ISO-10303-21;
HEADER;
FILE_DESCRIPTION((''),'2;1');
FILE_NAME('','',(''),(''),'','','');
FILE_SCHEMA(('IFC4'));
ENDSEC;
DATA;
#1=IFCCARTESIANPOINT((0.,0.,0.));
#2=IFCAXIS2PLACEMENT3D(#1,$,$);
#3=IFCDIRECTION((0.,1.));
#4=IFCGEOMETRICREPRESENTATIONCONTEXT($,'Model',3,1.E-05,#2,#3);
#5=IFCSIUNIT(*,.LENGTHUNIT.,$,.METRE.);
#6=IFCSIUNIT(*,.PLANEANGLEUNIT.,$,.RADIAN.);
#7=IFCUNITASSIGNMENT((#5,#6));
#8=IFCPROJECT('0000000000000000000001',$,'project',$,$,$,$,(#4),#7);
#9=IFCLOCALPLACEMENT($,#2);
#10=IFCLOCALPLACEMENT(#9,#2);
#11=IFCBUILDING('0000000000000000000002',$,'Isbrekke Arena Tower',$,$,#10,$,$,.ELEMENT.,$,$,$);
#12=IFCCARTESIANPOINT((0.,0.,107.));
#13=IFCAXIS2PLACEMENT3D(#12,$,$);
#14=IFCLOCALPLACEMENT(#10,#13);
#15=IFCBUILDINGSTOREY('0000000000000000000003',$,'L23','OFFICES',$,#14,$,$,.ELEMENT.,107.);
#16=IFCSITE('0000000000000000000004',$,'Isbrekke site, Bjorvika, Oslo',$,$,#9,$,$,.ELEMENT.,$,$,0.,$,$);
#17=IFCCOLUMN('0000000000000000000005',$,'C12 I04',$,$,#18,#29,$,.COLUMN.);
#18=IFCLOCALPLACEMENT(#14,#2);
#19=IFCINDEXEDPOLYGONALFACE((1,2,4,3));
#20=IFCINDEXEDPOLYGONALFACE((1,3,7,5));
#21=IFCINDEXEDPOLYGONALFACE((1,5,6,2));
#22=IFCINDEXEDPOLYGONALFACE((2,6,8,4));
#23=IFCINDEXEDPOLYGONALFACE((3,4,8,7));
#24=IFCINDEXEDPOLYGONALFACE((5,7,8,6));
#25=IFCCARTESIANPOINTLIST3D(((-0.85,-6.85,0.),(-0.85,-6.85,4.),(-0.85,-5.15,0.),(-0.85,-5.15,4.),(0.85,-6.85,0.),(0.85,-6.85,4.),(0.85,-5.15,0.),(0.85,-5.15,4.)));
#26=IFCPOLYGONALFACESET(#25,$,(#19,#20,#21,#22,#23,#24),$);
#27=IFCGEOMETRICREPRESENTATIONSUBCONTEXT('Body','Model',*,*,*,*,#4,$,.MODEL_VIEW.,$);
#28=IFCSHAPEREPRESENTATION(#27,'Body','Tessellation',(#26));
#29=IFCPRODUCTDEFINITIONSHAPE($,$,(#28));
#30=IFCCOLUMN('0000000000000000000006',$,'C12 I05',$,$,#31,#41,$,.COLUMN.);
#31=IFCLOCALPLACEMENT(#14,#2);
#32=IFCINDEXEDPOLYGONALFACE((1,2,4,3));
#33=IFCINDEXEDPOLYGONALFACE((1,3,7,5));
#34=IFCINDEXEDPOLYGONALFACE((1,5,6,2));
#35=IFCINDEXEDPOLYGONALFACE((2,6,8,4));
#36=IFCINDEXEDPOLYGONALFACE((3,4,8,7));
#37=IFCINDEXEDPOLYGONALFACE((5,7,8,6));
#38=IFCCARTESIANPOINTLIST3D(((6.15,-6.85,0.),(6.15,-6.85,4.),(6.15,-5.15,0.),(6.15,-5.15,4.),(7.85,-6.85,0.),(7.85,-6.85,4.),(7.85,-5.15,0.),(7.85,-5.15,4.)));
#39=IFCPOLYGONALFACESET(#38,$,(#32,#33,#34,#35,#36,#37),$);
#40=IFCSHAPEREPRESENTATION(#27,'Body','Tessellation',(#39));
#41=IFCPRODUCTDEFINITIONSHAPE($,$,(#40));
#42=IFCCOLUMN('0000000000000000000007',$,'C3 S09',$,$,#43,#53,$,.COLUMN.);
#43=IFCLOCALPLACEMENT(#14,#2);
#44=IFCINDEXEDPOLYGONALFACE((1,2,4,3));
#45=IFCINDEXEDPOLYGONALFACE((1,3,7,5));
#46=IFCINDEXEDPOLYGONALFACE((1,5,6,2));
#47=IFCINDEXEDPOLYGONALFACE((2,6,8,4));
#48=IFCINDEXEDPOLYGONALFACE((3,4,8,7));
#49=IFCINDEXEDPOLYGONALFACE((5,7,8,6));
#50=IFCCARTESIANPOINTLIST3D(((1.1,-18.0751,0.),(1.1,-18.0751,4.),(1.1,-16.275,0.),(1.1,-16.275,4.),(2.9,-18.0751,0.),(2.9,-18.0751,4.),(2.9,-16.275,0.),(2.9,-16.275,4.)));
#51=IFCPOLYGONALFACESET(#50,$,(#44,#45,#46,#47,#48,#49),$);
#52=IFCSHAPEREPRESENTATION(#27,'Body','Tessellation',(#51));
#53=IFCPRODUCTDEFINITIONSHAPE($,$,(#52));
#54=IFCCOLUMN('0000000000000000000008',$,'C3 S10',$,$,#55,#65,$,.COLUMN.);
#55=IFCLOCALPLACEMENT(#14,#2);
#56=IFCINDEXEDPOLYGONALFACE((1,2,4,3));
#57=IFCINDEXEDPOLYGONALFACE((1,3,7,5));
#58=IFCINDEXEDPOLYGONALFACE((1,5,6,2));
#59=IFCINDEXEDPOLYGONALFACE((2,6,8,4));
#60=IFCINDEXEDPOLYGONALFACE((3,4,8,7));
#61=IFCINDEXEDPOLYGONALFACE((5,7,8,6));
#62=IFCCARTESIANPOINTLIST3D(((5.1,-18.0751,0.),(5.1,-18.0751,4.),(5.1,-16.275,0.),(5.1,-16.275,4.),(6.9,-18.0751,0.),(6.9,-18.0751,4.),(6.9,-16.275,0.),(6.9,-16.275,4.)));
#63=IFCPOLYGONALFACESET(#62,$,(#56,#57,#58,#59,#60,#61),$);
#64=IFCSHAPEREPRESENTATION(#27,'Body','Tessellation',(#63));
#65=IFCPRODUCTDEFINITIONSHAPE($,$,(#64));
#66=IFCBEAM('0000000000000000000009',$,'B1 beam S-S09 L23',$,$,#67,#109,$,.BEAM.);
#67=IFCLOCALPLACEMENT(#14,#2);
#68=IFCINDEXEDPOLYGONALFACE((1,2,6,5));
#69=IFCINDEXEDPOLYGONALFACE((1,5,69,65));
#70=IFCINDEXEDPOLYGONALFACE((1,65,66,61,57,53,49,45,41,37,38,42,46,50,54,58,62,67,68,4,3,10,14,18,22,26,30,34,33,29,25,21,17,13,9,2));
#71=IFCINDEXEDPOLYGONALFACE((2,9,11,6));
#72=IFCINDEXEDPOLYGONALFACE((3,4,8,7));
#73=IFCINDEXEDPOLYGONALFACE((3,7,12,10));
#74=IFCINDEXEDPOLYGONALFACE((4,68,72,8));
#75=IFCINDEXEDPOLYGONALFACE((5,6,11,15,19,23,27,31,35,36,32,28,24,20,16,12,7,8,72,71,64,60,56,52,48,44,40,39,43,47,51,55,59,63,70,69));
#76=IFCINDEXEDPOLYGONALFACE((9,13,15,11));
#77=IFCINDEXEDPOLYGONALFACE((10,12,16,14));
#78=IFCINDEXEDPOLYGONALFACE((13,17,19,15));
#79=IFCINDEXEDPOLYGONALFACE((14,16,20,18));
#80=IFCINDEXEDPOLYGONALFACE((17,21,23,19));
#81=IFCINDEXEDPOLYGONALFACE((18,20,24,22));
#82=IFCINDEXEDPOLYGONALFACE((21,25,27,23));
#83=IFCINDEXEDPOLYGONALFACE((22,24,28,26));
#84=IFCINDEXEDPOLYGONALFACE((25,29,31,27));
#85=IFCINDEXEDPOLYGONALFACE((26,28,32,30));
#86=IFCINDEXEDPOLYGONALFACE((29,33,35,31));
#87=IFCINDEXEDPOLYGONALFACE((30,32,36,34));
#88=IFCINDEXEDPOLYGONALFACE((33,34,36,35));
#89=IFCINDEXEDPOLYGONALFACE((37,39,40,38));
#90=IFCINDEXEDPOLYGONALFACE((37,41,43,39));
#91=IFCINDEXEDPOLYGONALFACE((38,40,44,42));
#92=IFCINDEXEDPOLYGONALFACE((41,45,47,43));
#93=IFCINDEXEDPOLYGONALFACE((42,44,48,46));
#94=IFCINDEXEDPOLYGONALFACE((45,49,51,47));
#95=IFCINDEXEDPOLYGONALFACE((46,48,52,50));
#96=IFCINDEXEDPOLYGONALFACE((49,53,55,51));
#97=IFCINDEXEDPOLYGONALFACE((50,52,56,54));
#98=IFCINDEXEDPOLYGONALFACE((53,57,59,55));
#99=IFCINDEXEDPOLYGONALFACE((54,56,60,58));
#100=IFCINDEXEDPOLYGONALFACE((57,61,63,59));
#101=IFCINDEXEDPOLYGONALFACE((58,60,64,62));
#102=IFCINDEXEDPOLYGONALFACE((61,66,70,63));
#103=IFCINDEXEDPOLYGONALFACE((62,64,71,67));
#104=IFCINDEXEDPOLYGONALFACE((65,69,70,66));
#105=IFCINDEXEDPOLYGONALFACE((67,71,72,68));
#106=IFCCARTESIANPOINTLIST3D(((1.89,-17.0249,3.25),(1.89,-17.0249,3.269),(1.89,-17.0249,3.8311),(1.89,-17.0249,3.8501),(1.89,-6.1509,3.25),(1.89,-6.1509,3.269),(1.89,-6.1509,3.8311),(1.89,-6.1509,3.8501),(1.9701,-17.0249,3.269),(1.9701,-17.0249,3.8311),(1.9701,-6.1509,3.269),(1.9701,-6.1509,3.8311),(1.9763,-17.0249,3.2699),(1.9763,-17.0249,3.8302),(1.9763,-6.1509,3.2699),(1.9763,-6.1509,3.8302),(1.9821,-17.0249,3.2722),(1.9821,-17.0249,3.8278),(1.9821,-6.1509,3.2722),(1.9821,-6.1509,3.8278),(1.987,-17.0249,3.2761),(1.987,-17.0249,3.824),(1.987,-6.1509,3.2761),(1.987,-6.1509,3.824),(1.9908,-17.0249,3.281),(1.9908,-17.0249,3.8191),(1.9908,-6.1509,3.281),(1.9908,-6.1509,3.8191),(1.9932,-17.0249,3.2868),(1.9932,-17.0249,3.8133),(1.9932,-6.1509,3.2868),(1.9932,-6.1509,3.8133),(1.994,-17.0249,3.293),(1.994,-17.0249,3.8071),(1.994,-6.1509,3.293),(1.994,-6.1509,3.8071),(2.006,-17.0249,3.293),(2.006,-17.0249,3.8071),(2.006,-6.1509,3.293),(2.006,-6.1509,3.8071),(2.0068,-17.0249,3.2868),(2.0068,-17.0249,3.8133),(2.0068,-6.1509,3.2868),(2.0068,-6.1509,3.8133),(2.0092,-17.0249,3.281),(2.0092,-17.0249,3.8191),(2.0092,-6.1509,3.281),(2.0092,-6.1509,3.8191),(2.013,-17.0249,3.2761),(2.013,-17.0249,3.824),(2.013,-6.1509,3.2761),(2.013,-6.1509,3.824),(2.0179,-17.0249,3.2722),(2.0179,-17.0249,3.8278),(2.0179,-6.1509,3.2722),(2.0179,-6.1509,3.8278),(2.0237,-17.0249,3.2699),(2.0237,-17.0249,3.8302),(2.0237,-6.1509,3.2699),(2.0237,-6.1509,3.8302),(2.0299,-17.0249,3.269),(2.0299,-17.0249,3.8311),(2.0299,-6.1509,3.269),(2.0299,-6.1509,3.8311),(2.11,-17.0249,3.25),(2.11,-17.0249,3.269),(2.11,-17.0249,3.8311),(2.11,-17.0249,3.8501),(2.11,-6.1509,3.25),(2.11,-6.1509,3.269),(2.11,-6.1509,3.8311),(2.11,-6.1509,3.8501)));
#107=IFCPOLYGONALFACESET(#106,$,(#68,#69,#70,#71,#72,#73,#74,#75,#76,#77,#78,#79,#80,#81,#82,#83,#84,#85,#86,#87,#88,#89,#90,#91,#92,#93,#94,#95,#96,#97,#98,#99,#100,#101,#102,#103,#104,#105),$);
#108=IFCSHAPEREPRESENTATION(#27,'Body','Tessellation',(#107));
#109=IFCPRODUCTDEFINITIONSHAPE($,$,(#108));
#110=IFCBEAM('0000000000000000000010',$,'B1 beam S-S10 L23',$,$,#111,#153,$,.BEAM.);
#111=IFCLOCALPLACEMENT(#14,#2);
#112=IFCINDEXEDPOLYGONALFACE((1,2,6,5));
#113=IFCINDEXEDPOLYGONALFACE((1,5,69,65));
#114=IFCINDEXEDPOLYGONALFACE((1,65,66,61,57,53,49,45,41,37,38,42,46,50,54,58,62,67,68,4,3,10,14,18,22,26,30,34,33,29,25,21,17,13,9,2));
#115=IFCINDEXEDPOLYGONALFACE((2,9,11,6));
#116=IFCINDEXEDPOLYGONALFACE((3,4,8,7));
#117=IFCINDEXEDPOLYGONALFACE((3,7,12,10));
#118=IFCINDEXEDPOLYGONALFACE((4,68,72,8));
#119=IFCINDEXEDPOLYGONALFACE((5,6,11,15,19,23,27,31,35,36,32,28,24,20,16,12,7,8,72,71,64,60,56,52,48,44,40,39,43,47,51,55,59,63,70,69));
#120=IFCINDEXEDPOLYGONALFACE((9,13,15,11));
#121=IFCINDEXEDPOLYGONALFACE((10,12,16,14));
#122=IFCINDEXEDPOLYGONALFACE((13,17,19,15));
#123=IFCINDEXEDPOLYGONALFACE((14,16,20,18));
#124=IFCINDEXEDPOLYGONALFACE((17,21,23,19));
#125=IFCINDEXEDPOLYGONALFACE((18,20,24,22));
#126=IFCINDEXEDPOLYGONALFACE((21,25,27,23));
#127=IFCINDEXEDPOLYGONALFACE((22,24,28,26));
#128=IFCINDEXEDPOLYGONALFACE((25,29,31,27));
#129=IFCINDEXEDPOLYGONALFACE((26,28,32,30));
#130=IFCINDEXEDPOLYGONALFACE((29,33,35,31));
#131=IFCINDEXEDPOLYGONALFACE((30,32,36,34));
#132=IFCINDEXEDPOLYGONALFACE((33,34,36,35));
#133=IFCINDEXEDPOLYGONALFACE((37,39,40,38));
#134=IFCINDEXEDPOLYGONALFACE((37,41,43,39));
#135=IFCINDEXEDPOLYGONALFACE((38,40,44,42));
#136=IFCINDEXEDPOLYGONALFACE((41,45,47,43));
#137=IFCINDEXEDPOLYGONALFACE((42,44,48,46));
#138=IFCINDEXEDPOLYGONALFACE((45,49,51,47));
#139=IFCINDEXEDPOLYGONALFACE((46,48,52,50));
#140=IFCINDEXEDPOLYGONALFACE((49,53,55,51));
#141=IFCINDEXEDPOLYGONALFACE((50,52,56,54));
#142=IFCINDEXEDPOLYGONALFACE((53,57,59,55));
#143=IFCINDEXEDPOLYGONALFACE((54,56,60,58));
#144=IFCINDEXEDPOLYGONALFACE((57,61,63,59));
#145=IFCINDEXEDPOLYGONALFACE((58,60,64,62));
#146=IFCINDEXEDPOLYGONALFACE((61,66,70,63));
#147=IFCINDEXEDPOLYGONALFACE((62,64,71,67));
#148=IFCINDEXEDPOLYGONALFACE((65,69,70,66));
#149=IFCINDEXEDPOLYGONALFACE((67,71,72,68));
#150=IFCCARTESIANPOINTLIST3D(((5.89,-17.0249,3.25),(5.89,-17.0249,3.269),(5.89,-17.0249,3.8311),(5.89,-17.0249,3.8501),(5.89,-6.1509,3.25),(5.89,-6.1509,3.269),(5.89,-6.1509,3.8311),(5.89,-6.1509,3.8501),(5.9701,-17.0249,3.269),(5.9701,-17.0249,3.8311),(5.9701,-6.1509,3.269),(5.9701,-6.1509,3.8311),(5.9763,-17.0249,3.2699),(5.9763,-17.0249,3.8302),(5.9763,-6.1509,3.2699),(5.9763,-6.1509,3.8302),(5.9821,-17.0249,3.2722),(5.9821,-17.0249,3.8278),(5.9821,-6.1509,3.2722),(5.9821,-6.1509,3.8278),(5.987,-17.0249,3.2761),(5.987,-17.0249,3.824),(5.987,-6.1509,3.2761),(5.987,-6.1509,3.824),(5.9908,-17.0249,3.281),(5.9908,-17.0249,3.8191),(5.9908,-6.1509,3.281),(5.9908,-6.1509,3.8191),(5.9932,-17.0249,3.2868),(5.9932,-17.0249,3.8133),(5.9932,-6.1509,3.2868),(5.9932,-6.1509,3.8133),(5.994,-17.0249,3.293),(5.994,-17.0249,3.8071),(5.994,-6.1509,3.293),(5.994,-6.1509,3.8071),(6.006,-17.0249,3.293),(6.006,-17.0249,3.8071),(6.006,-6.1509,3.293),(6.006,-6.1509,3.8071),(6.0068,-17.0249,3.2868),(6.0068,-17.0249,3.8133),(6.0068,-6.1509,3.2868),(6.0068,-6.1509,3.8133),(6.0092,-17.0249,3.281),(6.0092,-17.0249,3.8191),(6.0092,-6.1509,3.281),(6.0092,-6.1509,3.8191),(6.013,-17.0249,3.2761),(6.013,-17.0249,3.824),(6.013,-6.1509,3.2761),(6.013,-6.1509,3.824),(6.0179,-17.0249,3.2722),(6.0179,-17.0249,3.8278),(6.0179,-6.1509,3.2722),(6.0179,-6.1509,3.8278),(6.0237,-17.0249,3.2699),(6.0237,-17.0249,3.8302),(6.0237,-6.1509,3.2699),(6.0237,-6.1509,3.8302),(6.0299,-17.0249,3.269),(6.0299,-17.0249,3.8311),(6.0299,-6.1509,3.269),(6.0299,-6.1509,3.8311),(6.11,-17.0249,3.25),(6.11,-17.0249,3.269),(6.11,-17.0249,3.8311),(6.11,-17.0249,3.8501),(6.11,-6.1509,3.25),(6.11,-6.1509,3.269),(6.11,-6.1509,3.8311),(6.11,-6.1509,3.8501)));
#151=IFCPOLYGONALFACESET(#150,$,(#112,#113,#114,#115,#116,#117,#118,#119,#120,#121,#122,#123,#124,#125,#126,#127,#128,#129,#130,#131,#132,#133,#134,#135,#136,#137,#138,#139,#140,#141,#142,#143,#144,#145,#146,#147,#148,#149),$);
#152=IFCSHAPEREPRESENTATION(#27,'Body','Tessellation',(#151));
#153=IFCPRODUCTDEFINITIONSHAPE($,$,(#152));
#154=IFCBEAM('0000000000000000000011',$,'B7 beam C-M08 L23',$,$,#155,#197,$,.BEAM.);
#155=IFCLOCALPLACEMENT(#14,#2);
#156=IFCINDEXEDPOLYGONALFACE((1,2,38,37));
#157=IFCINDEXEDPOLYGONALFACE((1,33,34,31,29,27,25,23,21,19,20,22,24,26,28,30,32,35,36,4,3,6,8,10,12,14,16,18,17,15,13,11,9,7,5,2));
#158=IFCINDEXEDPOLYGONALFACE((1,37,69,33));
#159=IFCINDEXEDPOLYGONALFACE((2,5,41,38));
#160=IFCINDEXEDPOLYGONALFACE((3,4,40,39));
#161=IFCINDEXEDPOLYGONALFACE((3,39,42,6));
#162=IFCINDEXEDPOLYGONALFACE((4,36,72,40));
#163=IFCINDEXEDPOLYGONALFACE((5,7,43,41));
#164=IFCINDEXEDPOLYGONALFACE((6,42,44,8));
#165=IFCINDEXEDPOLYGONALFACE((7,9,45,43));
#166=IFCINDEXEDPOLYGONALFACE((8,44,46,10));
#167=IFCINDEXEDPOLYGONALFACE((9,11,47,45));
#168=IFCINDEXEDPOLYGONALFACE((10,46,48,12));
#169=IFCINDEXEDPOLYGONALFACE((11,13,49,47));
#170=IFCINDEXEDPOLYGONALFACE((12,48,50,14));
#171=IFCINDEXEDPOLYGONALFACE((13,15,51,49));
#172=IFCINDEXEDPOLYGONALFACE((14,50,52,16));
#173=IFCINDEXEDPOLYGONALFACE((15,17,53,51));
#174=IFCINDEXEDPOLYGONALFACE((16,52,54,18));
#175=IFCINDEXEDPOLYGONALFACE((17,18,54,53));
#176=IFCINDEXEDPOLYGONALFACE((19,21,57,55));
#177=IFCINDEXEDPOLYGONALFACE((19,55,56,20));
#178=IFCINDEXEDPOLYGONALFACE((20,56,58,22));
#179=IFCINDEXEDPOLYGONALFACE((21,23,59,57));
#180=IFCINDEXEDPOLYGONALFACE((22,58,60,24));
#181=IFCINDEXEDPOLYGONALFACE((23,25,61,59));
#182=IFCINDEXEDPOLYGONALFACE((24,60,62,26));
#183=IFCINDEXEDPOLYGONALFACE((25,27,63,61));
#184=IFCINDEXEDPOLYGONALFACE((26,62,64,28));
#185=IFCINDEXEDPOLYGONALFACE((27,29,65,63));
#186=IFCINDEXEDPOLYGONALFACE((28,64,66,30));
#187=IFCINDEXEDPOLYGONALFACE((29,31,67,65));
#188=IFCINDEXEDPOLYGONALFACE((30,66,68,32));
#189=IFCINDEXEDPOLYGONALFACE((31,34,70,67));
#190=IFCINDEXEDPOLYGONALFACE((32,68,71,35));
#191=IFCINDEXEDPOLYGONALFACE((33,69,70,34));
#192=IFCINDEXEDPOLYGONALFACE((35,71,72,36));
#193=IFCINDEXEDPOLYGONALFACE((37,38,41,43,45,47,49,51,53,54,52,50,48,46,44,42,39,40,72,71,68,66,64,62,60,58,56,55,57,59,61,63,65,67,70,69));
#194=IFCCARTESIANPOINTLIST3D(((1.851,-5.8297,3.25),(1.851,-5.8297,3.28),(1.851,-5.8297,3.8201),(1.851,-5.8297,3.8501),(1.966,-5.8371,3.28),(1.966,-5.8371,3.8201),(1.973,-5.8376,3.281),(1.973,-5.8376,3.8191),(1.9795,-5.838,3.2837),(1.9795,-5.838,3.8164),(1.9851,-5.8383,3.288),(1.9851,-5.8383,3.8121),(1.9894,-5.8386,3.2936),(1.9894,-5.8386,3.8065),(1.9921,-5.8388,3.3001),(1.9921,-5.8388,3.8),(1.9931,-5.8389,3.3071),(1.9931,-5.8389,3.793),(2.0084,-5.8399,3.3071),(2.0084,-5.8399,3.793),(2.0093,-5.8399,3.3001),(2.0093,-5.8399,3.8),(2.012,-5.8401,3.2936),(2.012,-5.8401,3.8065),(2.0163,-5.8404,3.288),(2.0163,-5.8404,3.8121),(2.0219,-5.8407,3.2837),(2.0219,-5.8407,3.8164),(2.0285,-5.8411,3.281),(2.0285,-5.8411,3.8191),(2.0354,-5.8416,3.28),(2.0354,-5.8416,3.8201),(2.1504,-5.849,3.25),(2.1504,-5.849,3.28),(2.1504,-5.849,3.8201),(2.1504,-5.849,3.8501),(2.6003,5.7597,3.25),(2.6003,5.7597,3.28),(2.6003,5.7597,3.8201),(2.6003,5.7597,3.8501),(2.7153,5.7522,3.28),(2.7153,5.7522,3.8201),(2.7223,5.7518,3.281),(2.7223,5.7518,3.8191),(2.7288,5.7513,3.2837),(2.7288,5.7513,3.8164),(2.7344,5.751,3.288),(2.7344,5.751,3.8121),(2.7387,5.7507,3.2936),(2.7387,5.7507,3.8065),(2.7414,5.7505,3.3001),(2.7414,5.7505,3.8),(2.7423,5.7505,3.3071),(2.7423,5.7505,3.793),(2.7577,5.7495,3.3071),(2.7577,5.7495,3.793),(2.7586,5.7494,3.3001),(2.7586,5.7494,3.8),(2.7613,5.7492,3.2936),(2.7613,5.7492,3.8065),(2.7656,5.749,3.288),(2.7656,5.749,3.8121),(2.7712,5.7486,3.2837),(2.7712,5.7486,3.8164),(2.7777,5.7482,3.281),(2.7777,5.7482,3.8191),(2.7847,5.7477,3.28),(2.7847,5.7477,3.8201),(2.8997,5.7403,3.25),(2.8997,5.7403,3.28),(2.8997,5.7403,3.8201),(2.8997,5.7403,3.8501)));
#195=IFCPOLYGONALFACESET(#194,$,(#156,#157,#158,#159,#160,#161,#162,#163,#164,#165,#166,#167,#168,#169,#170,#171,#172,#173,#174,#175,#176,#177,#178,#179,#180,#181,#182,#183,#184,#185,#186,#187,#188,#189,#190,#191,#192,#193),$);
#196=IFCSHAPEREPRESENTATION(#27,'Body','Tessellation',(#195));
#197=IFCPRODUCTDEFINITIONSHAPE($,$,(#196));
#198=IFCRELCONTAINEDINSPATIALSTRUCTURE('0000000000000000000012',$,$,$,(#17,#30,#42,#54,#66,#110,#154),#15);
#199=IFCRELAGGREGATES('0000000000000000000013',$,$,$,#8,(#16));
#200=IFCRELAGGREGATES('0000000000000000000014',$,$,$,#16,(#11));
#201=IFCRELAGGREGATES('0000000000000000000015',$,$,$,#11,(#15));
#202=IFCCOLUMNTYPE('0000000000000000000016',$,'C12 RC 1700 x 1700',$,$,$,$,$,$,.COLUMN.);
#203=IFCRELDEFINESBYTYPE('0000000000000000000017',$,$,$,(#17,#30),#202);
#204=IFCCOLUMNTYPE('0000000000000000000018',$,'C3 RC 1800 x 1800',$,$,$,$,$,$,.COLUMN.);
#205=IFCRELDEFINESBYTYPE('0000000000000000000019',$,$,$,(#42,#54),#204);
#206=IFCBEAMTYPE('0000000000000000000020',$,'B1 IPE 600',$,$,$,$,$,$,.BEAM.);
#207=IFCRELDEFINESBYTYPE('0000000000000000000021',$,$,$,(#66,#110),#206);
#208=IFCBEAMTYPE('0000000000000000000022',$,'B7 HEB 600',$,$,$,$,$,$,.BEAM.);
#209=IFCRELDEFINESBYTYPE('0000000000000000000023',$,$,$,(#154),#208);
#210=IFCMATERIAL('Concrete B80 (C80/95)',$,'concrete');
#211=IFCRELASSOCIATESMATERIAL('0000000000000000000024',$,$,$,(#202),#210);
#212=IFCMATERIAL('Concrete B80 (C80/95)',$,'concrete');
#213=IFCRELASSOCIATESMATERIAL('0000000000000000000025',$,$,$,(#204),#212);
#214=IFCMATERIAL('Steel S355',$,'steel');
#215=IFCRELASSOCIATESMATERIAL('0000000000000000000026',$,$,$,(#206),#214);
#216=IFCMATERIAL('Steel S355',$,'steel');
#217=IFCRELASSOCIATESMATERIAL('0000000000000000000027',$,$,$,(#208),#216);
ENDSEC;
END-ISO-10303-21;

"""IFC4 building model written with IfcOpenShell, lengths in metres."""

from ifc_helpers import new_model, si_unit, direction, frame, origin, origin_2d, place, context, subcontext, project, spatial, rectangle, i_section, extrude, material, material_profile, profile_set, type_object, element, save


model = new_model("IFC4")

# Units and contexts
model_context = context("Model", 3, precision=1e-05, world=origin(), true_north=direction((0.0, 1.0)))
body_context = subcontext(model_context, "Body", "Model", "MODEL_VIEW")
ifc_project = project(units=[si_unit("LENGTHUNIT", "METRE"), si_unit("PLANEANGLEUNIT", "RADIAN")], contexts=[model_context])

# Site, building, storey
site_placement = place(None, origin())
site = spatial("IfcSite", under=ifc_project, at=site_placement, Name="Isbrekke site, Bjorvika, Oslo", CompositionType="ELEMENT", RefElevation=0.0)
building_placement = place(site_placement, origin())
building = spatial("IfcBuilding", under=site, at=building_placement, Name="Isbrekke Arena Tower", CompositionType="ELEMENT")
storey_placement = place(building_placement, frame((0.0, 0.0, 107.0)))
storey = spatial("IfcBuildingStorey", under=building, at=storey_placement, Name="L23", Description="OFFICES", CompositionType="ELEMENT", Elevation=107.0)

# Columns
ifc_material_1 = material(Name="Concrete B80 (C80/95)", Category="concrete")
ifc_material_profile_1 = material_profile(ifc_material_1, rectangle(XDim=1.7, YDim=1.7, at=origin_2d()), Name="RC 1700x1700")
ifc_profile_set_1 = profile_set([ifc_material_profile_1], Name="Concrete B80 (C80/95)")
column_type_1 = type_object("IfcColumnType", Name="C12 RC 1700 x 1700", PredefinedType="COLUMN", material=ifc_profile_set_1)
for number, where, z_axis, x_axis, name in (
    (1, (0.0, -6.0, 0.0), (0.0, 0.0, 1.0), (1.0, 0.0, 0.0), "C12 I04"),
    (2, (7.0, -6.0, 0.0), (0.0, 0.0, 1.0), (1.0, 0.0, 0.0), "C12 I05"),
):
    element("IfcColumn", number, at=place(storey_placement, frame(where, z_axis=z_axis, x_axis=x_axis)), inside=storey, type_object=column_type_1, Name=name, PredefinedType="COLUMN", context=body_context, shape_type="SweptSolid", body=[
        extrude(rectangle(XDim=1.7, YDim=1.7, at=origin_2d()), origin(), (0.0, 0.0, 1.0), 4.0),
    ])
ifc_material_2 = material(Name="Concrete B80 (C80/95)", Category="concrete")
ifc_material_profile_2 = material_profile(ifc_material_2, rectangle(XDim=1.8, YDim=1.8, at=origin_2d()), Name="RC 1800x1800")
ifc_profile_set_2 = profile_set([ifc_material_profile_2], Name="Concrete B80 (C80/95)")
column_type_2 = type_object("IfcColumnType", Name="C3 RC 1800 x 1800", PredefinedType="COLUMN", material=ifc_profile_set_2)
for number, where, z_axis, x_axis, name in (
    (3, (2.0, -17.175, 0.0), (0.0, 0.0, 1.0), (1.0, 0.0, 0.0), "C3 S09"),
    (4, (6.0, -17.175, 0.0), (0.0, 0.0, 1.0), (1.0, 0.0, 0.0), "C3 S10"),
):
    element("IfcColumn", number, at=place(storey_placement, frame(where, z_axis=z_axis, x_axis=x_axis)), inside=storey, type_object=column_type_2, Name=name, PredefinedType="COLUMN", context=body_context, shape_type="SweptSolid", body=[
        extrude(rectangle(XDim=1.8, YDim=1.8, at=origin_2d()), origin(), (0.0, 0.0, 1.0), 4.0),
    ])

# Beams
ifc_material_3 = material(Name="Steel S355", Category="steel")
ifc_material_profile_3 = material_profile(ifc_material_3, i_section(OverallWidth=0.22, OverallDepth=0.6001, WebThickness=0.012, FlangeThickness=0.019, FilletRadius=0.0239, at=origin_2d()), Name="IPE 600")
ifc_profile_set_3 = profile_set([ifc_material_profile_3], Name="Steel S355")
beam_type_1 = type_object("IfcBeamType", Name="B1 IPE 600", PredefinedType="BEAM", material=ifc_profile_set_3)
for number, where, z_axis, x_axis, name in (
    (5, (2.0, -17.0249, 3.55), (0.0, 1.0, 0.0), (-1.0, 0.0, 0.0), "B1 beam S-S09 L23"),
    (6, (6.0, -17.0249, 3.55), (0.0, 1.0, 0.0), (-1.0, 0.0, 0.0), "B1 beam S-S10 L23"),
):
    element("IfcBeam", number, at=place(storey_placement, frame(where, z_axis=z_axis, x_axis=x_axis)), inside=storey, type_object=beam_type_1, Name=name, PredefinedType="BEAM", context=body_context, shape_type="SweptSolid", body=[
        extrude(i_section(OverallWidth=0.22, OverallDepth=0.6001, WebThickness=0.012, FlangeThickness=0.019, FilletRadius=0.0239, at=origin_2d()), origin(), (0.0, 0.0, 1.0), 10.874),
    ])
ifc_material_4 = material(Name="Steel S355", Category="steel")
ifc_material_profile_4 = material_profile(ifc_material_4, i_section(OverallWidth=0.3, OverallDepth=0.6001, WebThickness=0.0154, FlangeThickness=0.03, FilletRadius=0.0271, at=origin_2d()), Name="HEB 600")
ifc_profile_set_4 = profile_set([ifc_material_profile_4], Name="Steel S355")
beam_type_2 = type_object("IfcBeamType", Name="B7 HEB 600", PredefinedType="BEAM", material=ifc_profile_set_4)
beam_1_placement = place(storey_placement, frame((2.0007, -5.8394, 3.55), z_axis=(0.064517, 0.997917, 0.0), x_axis=(-0.997917, 0.064517, 0.0)))
element("IfcBeam", 7, at=beam_1_placement, inside=storey, type_object=beam_type_2, Name="B7 beam C-M08 L23", PredefinedType="BEAM", context=body_context, shape_type="SweptSolid", body=[
    extrude(i_section(OverallWidth=0.3, OverallDepth=0.6001, WebThickness=0.0154, FlangeThickness=0.03, FilletRadius=0.0271, at=origin_2d()), origin(), (0.0, 0.0, 1.0), 11.6135),
])

save(model, "model.ifc")
